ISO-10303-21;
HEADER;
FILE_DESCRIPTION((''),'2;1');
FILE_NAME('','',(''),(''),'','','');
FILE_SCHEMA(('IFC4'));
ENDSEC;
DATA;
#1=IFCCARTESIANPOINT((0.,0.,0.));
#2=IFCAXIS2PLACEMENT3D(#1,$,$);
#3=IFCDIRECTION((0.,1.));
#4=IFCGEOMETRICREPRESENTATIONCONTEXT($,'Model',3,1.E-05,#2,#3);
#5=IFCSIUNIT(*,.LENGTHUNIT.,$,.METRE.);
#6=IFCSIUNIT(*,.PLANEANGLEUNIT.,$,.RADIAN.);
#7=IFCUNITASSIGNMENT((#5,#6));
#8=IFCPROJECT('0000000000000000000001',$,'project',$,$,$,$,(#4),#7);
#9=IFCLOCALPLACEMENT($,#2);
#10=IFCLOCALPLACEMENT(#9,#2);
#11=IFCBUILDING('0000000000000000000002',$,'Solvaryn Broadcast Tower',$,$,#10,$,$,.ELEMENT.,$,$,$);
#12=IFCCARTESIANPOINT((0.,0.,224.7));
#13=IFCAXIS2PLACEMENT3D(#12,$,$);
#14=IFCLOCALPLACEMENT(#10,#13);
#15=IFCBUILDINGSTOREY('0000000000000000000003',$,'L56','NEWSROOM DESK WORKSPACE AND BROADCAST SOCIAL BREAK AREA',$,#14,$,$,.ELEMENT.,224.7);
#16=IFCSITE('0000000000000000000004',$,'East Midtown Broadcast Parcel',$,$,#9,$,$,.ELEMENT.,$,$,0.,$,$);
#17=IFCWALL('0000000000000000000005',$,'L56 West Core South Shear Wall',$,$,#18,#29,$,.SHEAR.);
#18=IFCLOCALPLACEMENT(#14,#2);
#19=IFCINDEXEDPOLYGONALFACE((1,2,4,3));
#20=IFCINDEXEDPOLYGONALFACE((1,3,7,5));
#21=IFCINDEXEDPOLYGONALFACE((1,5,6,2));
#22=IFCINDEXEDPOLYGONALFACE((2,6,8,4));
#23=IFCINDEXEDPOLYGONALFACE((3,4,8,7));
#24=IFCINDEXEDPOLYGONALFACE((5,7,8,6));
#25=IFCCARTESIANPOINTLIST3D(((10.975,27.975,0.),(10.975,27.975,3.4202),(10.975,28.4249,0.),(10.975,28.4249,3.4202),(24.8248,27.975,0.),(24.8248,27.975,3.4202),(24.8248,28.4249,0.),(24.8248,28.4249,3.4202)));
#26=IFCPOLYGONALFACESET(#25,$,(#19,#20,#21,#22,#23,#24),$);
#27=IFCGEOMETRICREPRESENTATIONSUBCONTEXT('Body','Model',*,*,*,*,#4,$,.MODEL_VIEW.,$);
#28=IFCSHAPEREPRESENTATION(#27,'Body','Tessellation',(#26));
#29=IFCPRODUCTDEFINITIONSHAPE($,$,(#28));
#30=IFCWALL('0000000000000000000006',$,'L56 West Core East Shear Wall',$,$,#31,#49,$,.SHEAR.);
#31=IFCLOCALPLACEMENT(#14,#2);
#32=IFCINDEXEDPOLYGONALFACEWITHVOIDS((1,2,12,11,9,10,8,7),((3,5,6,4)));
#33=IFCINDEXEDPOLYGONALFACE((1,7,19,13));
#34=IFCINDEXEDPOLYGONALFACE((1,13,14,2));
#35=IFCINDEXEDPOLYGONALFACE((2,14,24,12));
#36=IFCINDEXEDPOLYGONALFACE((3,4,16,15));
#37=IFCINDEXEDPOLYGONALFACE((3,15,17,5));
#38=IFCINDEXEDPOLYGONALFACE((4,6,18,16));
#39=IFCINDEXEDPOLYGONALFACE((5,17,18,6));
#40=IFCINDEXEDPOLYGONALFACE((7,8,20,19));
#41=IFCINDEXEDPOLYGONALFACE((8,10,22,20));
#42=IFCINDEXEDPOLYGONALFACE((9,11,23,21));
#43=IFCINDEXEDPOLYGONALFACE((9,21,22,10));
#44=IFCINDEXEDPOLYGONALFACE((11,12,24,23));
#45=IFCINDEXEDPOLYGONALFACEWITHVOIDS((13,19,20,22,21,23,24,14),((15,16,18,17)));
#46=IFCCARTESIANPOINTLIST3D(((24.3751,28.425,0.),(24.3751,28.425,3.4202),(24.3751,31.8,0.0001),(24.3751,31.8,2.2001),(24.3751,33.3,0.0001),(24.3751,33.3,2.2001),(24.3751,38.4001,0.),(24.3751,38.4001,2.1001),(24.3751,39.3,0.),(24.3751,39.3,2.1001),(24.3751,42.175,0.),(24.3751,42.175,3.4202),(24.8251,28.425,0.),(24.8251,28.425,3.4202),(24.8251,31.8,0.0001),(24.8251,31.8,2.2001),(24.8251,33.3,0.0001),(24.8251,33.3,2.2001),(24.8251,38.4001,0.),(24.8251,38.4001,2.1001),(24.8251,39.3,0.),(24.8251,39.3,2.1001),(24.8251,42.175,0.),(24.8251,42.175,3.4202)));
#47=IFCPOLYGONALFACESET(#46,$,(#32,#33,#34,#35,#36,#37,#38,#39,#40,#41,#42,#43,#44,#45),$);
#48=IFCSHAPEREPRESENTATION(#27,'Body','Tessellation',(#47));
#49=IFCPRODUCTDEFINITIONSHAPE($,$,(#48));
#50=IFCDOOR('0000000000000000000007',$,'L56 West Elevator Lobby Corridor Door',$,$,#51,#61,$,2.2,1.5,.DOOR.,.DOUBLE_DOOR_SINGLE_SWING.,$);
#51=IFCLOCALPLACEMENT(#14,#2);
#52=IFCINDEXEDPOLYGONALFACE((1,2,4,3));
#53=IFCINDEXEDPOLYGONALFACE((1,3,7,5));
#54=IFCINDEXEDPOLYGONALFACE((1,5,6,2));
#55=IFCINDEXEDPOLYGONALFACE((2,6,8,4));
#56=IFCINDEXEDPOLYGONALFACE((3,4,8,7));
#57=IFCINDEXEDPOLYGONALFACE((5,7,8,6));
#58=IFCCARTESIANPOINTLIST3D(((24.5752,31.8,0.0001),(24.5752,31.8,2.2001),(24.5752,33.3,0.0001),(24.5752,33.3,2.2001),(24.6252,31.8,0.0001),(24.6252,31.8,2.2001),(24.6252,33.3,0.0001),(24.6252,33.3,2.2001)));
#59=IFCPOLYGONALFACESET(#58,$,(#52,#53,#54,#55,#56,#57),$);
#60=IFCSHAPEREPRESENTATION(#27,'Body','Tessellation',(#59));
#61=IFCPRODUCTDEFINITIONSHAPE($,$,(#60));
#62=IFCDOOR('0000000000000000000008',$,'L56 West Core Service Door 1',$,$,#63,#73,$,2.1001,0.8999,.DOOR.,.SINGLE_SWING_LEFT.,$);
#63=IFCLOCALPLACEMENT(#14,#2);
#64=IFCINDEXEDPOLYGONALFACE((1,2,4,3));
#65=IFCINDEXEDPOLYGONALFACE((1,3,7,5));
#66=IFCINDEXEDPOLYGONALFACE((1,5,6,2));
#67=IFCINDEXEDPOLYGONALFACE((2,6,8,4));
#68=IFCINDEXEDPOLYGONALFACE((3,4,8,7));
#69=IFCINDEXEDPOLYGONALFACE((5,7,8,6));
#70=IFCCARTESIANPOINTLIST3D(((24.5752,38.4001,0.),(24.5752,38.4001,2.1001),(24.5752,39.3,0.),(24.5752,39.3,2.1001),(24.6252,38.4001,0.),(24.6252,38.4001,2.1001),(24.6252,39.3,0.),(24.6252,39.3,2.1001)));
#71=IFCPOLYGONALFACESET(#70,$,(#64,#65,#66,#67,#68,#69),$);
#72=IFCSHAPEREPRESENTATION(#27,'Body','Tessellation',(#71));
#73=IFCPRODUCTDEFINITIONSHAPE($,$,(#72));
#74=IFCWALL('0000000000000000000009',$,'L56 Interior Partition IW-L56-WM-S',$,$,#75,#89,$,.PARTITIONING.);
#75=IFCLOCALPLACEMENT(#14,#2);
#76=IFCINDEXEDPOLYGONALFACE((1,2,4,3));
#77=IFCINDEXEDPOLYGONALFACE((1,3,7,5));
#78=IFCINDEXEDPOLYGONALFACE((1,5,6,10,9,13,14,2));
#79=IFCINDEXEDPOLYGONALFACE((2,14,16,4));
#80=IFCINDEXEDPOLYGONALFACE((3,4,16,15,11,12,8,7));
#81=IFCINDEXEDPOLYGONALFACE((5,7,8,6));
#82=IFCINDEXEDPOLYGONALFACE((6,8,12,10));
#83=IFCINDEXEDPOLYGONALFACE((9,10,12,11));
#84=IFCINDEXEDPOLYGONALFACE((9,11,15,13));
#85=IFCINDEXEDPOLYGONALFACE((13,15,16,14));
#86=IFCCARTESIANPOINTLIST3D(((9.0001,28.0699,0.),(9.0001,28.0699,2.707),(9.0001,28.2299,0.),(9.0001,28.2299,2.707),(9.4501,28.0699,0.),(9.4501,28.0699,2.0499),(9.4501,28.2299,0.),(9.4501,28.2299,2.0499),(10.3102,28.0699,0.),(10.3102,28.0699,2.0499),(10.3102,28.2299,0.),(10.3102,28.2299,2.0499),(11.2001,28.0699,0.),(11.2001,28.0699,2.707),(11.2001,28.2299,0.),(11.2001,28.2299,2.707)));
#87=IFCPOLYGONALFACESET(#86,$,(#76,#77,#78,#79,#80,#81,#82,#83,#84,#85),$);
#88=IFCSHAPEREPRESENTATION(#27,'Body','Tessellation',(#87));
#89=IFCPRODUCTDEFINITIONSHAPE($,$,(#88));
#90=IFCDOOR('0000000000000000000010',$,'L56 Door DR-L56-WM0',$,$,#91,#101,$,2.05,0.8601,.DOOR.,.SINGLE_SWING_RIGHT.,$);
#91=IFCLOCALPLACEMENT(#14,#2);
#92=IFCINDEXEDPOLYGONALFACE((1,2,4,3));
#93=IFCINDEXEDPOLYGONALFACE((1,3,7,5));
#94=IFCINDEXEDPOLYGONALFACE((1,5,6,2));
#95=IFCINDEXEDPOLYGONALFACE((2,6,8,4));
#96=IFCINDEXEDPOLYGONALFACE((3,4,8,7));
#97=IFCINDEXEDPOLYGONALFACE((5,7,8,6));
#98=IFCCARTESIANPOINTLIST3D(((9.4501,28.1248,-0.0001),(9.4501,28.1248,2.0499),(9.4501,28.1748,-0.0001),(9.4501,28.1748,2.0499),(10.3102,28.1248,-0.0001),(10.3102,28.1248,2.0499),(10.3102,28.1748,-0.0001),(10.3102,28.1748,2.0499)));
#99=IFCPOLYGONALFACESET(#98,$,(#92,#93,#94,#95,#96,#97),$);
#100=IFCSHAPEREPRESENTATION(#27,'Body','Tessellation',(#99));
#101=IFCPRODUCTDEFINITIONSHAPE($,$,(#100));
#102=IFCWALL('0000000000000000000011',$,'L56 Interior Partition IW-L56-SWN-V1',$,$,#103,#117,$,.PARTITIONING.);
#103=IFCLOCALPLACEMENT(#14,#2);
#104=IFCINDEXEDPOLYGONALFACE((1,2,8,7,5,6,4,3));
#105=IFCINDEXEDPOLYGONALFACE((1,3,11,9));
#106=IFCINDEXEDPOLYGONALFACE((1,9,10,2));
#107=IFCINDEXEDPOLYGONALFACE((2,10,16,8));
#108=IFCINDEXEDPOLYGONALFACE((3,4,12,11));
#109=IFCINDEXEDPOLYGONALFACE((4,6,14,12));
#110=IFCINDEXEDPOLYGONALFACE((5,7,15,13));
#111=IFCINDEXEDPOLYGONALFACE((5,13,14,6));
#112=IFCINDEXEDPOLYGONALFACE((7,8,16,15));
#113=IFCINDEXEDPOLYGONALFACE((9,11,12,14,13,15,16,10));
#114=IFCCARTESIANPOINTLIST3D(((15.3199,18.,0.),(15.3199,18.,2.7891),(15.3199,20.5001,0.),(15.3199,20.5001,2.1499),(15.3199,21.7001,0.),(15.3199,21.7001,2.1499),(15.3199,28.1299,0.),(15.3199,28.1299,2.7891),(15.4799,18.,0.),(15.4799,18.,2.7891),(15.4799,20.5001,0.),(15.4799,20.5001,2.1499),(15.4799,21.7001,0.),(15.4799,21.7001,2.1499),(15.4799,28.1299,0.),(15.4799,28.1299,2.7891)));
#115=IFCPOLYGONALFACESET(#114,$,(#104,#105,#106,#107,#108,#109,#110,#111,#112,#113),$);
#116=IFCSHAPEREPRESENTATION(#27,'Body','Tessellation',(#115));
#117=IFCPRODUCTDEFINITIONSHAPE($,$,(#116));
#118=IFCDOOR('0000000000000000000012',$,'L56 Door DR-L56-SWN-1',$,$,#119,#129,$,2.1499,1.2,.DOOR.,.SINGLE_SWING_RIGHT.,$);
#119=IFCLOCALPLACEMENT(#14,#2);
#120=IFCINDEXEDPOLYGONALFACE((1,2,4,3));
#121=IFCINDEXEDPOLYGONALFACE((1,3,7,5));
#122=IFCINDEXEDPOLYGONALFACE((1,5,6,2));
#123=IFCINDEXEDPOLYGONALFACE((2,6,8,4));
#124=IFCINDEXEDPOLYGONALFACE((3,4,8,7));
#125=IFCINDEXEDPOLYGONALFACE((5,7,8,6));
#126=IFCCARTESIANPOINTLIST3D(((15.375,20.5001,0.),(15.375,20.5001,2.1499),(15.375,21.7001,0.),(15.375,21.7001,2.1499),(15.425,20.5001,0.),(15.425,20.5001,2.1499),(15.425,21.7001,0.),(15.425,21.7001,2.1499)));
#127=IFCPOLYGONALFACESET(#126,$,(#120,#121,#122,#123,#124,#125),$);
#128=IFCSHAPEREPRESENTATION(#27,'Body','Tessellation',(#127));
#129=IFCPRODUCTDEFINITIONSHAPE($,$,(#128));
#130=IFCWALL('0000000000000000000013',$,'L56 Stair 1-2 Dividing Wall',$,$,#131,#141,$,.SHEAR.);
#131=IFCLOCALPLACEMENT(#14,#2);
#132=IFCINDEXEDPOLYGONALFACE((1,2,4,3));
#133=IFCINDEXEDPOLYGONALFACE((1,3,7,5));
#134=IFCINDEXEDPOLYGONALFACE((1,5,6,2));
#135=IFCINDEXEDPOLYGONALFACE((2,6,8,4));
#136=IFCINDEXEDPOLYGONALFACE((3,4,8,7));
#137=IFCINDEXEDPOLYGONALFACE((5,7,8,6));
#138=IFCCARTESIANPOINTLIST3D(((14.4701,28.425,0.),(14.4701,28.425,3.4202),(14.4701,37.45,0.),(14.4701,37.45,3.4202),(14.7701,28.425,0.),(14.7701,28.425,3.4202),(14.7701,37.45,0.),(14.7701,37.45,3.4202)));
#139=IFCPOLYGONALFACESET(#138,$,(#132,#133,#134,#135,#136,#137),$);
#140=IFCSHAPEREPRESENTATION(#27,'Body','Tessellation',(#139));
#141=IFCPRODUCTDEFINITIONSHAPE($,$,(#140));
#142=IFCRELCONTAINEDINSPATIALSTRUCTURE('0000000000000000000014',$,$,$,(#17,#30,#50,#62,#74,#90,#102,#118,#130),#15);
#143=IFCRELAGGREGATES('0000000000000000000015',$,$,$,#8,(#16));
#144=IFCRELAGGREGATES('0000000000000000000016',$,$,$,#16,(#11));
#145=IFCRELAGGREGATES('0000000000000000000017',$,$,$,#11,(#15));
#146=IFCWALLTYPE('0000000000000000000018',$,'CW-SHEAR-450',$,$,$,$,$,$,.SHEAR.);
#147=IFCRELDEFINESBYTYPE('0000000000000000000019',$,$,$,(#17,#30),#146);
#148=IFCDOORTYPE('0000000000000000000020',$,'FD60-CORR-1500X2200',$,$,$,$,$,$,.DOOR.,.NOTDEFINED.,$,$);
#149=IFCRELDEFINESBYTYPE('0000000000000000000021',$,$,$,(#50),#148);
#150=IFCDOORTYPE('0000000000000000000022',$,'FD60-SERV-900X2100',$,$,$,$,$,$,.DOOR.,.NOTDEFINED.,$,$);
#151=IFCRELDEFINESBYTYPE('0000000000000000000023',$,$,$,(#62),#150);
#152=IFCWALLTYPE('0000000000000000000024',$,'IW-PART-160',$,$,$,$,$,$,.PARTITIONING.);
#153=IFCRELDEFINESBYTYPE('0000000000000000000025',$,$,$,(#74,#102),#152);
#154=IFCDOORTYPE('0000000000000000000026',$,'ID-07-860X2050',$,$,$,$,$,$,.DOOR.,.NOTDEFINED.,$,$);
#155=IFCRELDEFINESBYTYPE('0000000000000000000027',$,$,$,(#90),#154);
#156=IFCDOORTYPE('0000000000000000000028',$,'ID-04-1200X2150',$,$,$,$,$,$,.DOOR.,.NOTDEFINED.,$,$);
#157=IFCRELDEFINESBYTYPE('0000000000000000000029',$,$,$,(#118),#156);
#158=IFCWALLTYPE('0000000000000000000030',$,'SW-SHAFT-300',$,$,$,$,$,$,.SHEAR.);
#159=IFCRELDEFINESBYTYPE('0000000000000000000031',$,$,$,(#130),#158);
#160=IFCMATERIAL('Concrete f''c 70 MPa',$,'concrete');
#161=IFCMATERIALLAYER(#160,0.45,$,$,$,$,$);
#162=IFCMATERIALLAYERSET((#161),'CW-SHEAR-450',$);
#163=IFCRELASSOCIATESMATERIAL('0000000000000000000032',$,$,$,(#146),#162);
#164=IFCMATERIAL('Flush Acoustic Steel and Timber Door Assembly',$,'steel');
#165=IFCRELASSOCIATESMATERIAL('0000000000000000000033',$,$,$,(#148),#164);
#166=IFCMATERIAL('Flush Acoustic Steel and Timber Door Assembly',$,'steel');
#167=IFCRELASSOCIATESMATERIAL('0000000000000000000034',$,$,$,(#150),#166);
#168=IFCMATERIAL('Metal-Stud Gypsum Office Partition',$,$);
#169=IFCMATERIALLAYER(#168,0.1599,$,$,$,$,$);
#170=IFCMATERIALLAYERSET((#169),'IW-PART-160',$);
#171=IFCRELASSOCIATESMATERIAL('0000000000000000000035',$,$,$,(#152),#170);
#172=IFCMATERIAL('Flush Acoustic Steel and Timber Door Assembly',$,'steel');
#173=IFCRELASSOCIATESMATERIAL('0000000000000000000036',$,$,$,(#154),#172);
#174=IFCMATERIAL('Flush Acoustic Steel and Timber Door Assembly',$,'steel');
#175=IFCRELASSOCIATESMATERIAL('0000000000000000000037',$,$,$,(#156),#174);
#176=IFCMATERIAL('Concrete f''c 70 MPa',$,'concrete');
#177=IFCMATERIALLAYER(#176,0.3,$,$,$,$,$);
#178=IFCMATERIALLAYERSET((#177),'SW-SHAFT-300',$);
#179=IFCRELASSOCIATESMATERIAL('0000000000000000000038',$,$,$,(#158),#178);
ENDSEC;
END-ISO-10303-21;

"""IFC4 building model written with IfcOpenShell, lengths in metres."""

from ifc_helpers import new_model, si_unit, direction, frame, frame_2d, origin, place, context, subcontext, project, spatial, rectangle, extrude, material, layer, layer_set, type_object, element, fill, save


model = new_model("IFC4")

# Units and contexts
model_context = context("Model", 3, precision=1e-05, world=origin(), true_north=direction((0.0, 1.0)))
body_context = subcontext(model_context, "Body", "Model", "MODEL_VIEW")
ifc_project = project(units=[si_unit("LENGTHUNIT", "METRE"), si_unit("PLANEANGLEUNIT", "RADIAN")], contexts=[model_context])

# Site, building, storey
site_placement = place(None, origin())
site = spatial("IfcSite", under=ifc_project, at=site_placement, Name="East Midtown Broadcast Parcel", CompositionType="ELEMENT", RefElevation=0.0)
building_placement = place(site_placement, origin())
building = spatial("IfcBuilding", under=site, at=building_placement, Name="Solvaryn Broadcast Tower", CompositionType="ELEMENT")
storey_placement = place(building_placement, frame((0.0, 0.0, 224.7)))
storey = spatial("IfcBuildingStorey", under=building, at=storey_placement, Name="L56", Description="NEWSROOM DESK WORKSPACE AND BROADCAST SOCIAL BREAK AREA", CompositionType="ELEMENT", Elevation=224.7)

# Wall
ifc_material_1 = material(Name="Concrete f'c 70 MPa", Category="concrete")
ifc_layer_1 = layer(ifc_material_1, 0.45)
ifc_layer_set_1 = layer_set([ifc_layer_1], Name="CW-SHEAR-450")
wall_type_1 = type_object("IfcWallType", Name="CW-SHEAR-450", PredefinedType="SHEAR", material=ifc_layer_set_1)
wall_1_placement = place(storey_placement, frame((10.9751, 28.2, 0.0), z_axis=(0.0, 0.0, 1.0), x_axis=(1.0, 0.0, 0.0)))
element("IfcWall", 1, at=wall_1_placement, inside=storey, type_object=wall_type_1, Name="L56 West Core South Shear Wall", PredefinedType="SHEAR", context=body_context, shape_type="SweptSolid", body=[
    extrude(rectangle(XDim=13.8499, YDim=0.45, at=frame_2d((6.9248, 0.0))), origin(), (0.0, 0.0, 1.0), 3.4202),
])

# Wall, openings, doors
wall_2_placement = place(storey_placement, frame((24.6001, 28.425, 0.0), z_axis=(0.0, 0.0, 1.0), x_axis=(0.0, 1.0, 0.0)))
wall_2 = element("IfcWall", 2, at=wall_2_placement, inside=storey, type_object=wall_type_1, Name="L56 West Core East Shear Wall", PredefinedType="SHEAR", context=body_context, shape_type="SweptSolid", body=[
    extrude(rectangle(XDim=13.75, YDim=0.45, at=frame_2d((6.875, 0.0))), origin(), (0.0, 0.0, 1.0), 3.4202),
])
opening_1_placement = place(wall_2_placement, frame((3.375, 0.0, 0.0)))
opening_1 = element("IfcOpeningElement", 3, at=opening_1_placement, cuts=wall_2, PredefinedType="OPENING", context=body_context, shape_type="SweptSolid", body=[
    extrude(rectangle(XDim=1.5, YDim=2.2, at=frame_2d((0.75, 1.1001))), frame((0.0, 0.2351, 0.0), z_axis=(0.0, -1.0, 0.0), x_axis=(1.0, 0.0, 0.0)), (0.0, 0.0, 1.0), 0.47),
])
opening_2_placement = place(wall_2_placement, frame((9.9751, 0.0, 0.0)))
opening_2 = element("IfcOpeningElement", 4, at=opening_2_placement, cuts=wall_2, PredefinedType="OPENING", context=body_context, shape_type="SweptSolid", body=[
    extrude(rectangle(XDim=0.8999, YDim=2.1001, at=frame_2d((0.45, 1.05))), frame((0.0, 0.2351, 0.0), z_axis=(0.0, -1.0, 0.0), x_axis=(1.0, 0.0, 0.0)), (0.0, 0.0, 1.0), 0.47),
])
ifc_material_2 = material(Name="Flush Acoustic Steel and Timber Door Assembly", Category="steel")
door_type_1 = type_object("IfcDoorType", Name="FD60-CORR-1500X2200", OperationType="NOTDEFINED", PredefinedType="DOOR", material=ifc_material_2)
door_1_placement = place(opening_1_placement, origin())
door_1 = element("IfcDoor", 5, at=door_1_placement, inside=storey, type_object=door_type_1, Name="L56 West Elevator Lobby Corridor Door", OperationType="DOUBLE_DOOR_SINGLE_SWING", OverallHeight=2.2, OverallWidth=1.5, PredefinedType="DOOR", context=body_context, shape_type="SweptSolid", body=[
    extrude(rectangle(XDim=1.5, YDim=2.2, at=frame_2d((0.75, 1.1001))), frame((0.0, 0.0249, 0.0), z_axis=(0.0, -1.0, 0.0), x_axis=(1.0, 0.0, 0.0)), (0.0, 0.0, 1.0), 0.05),
])
fill(opening_1, door_1)
ifc_material_3 = material(Name="Flush Acoustic Steel and Timber Door Assembly", Category="steel")
door_type_2 = type_object("IfcDoorType", Name="FD60-SERV-900X2100", OperationType="NOTDEFINED", PredefinedType="DOOR", material=ifc_material_3)
door_2_placement = place(opening_2_placement, origin())
door_2 = element("IfcDoor", 6, at=door_2_placement, inside=storey, type_object=door_type_2, Name="L56 West Core Service Door 1", OperationType="SINGLE_SWING_LEFT", OverallHeight=2.1001, OverallWidth=0.8999, PredefinedType="DOOR", context=body_context, shape_type="SweptSolid", body=[
    extrude(rectangle(XDim=0.8999, YDim=2.1001, at=frame_2d((0.45, 1.05))), frame((0.0, 0.0249, 0.0), z_axis=(0.0, -1.0, 0.0), x_axis=(1.0, 0.0, 0.0)), (0.0, 0.0, 1.0), 0.05),
])
fill(opening_2, door_2)

# Walls, openings, doors
ifc_material_4 = material(Name="Metal-Stud Gypsum Office Partition")
ifc_layer_2 = layer(ifc_material_4, 0.1599)
ifc_layer_set_2 = layer_set([ifc_layer_2], Name="IW-PART-160")
wall_type_2 = type_object("IfcWallType", Name="IW-PART-160", PredefinedType="PARTITIONING", material=ifc_layer_set_2)
wall_3_placement = place(storey_placement, frame((9.0, 28.1499, 0.0), z_axis=(0.0, 0.0, 1.0), x_axis=(1.0, 0.0, 0.0)))
wall_3 = element("IfcWall", 7, at=wall_3_placement, inside=storey, type_object=wall_type_2, Name="L56 Interior Partition IW-L56-WM-S", PredefinedType="PARTITIONING", context=body_context, shape_type="SweptSolid", body=[
    extrude(rectangle(XDim=2.2, YDim=0.1599, at=frame_2d((1.1001, 0.0))), origin(), (0.0, 0.0, 1.0), 2.707),
])
opening_3_placement = place(wall_3_placement, frame((0.45, 0.0, 0.0)))
opening_3 = element("IfcOpeningElement", 8, at=opening_3_placement, cuts=wall_3, PredefinedType="OPENING", context=body_context, shape_type="SweptSolid", body=[
    extrude(rectangle(XDim=0.8601, YDim=2.05, at=frame_2d((0.4302, 1.0249))), frame((0.0, 0.0901, 0.0), z_axis=(0.0, -1.0, 0.0), x_axis=(1.0, 0.0, 0.0)), (0.0, 0.0, 1.0), 0.1799),
])
ifc_material_5 = material(Name="Flush Acoustic Steel and Timber Door Assembly", Category="steel")
door_type_3 = type_object("IfcDoorType", Name="ID-07-860X2050", OperationType="NOTDEFINED", PredefinedType="DOOR", material=ifc_material_5)
door_3_placement = place(opening_3_placement, origin())
door_3 = element("IfcDoor", 9, at=door_3_placement, inside=storey, type_object=door_type_3, Name="L56 Door DR-L56-WM0", OperationType="SINGLE_SWING_RIGHT", OverallHeight=2.05, OverallWidth=0.8601, PredefinedType="DOOR", context=body_context, shape_type="SweptSolid", body=[
    extrude(rectangle(XDim=0.8601, YDim=2.05, at=frame_2d((0.4302, 1.0249))), frame((0.0, 0.0249, 0.0), z_axis=(0.0, -1.0, 0.0), x_axis=(1.0, 0.0, 0.0)), (0.0, 0.0, 1.0), 0.05),
])
fill(opening_3, door_3)
wall_4_placement = place(storey_placement, frame((15.3999, 18.0, 0.0), z_axis=(0.0, 0.0, 1.0), x_axis=(0.0, 1.0, 0.0)))
wall_4 = element("IfcWall", 10, at=wall_4_placement, inside=storey, type_object=wall_type_2, Name="L56 Interior Partition IW-L56-SWN-V1", PredefinedType="PARTITIONING", context=body_context, shape_type="SweptSolid", body=[
    extrude(rectangle(XDim=10.1299, YDim=0.1599, at=frame_2d((5.0649, 0.0))), origin(), (0.0, 0.0, 1.0), 2.7891),
])
opening_4_placement = place(wall_4_placement, frame((2.5, 0.0, 0.0)))
opening_4 = element("IfcOpeningElement", 11, at=opening_4_placement, cuts=wall_4, PredefinedType="OPENING", context=body_context, shape_type="SweptSolid", body=[
    extrude(rectangle(XDim=1.2, YDim=2.1499, at=frame_2d((0.6001, 1.075))), frame((0.0, 0.0901, 0.0), z_axis=(0.0, -1.0, 0.0), x_axis=(1.0, 0.0, 0.0)), (0.0, 0.0, 1.0), 0.1799),
])
ifc_material_6 = material(Name="Flush Acoustic Steel and Timber Door Assembly", Category="steel")
door_type_4 = type_object("IfcDoorType", Name="ID-04-1200X2150", OperationType="NOTDEFINED", PredefinedType="DOOR", material=ifc_material_6)
door_4_placement = place(opening_4_placement, origin())
door_4 = element("IfcDoor", 12, at=door_4_placement, inside=storey, type_object=door_type_4, Name="L56 Door DR-L56-SWN-1", OperationType="SINGLE_SWING_RIGHT", OverallHeight=2.1499, OverallWidth=1.2, PredefinedType="DOOR", context=body_context, shape_type="SweptSolid", body=[
    extrude(rectangle(XDim=1.2, YDim=2.1499, at=frame_2d((0.6001, 1.075))), frame((0.0, 0.0249, 0.0), z_axis=(0.0, -1.0, 0.0), x_axis=(1.0, 0.0, 0.0)), (0.0, 0.0, 1.0), 0.05),
])
fill(opening_4, door_4)

# Wall
ifc_material_7 = material(Name="Concrete f'c 70 MPa", Category="concrete")
ifc_layer_3 = layer(ifc_material_7, 0.3)
ifc_layer_set_3 = layer_set([ifc_layer_3], Name="SW-SHAFT-300")
wall_type_3 = type_object("IfcWallType", Name="SW-SHAFT-300", PredefinedType="SHEAR", material=ifc_layer_set_3)
wall_5_placement = place(storey_placement, frame((14.6201, 28.425, 0.0), z_axis=(0.0, 0.0, 1.0), x_axis=(0.0, 1.0, 0.0)))
element("IfcWall", 13, at=wall_5_placement, inside=storey, type_object=wall_type_3, Name="L56 Stair 1-2 Dividing Wall", PredefinedType="SHEAR", context=body_context, shape_type="SweptSolid", body=[
    extrude(rectangle(XDim=9.0249, YDim=0.3, at=frame_2d((4.5125, 0.0))), origin(), (0.0, 0.0, 1.0), 3.4202),
])

save(model, "model.ifc")
